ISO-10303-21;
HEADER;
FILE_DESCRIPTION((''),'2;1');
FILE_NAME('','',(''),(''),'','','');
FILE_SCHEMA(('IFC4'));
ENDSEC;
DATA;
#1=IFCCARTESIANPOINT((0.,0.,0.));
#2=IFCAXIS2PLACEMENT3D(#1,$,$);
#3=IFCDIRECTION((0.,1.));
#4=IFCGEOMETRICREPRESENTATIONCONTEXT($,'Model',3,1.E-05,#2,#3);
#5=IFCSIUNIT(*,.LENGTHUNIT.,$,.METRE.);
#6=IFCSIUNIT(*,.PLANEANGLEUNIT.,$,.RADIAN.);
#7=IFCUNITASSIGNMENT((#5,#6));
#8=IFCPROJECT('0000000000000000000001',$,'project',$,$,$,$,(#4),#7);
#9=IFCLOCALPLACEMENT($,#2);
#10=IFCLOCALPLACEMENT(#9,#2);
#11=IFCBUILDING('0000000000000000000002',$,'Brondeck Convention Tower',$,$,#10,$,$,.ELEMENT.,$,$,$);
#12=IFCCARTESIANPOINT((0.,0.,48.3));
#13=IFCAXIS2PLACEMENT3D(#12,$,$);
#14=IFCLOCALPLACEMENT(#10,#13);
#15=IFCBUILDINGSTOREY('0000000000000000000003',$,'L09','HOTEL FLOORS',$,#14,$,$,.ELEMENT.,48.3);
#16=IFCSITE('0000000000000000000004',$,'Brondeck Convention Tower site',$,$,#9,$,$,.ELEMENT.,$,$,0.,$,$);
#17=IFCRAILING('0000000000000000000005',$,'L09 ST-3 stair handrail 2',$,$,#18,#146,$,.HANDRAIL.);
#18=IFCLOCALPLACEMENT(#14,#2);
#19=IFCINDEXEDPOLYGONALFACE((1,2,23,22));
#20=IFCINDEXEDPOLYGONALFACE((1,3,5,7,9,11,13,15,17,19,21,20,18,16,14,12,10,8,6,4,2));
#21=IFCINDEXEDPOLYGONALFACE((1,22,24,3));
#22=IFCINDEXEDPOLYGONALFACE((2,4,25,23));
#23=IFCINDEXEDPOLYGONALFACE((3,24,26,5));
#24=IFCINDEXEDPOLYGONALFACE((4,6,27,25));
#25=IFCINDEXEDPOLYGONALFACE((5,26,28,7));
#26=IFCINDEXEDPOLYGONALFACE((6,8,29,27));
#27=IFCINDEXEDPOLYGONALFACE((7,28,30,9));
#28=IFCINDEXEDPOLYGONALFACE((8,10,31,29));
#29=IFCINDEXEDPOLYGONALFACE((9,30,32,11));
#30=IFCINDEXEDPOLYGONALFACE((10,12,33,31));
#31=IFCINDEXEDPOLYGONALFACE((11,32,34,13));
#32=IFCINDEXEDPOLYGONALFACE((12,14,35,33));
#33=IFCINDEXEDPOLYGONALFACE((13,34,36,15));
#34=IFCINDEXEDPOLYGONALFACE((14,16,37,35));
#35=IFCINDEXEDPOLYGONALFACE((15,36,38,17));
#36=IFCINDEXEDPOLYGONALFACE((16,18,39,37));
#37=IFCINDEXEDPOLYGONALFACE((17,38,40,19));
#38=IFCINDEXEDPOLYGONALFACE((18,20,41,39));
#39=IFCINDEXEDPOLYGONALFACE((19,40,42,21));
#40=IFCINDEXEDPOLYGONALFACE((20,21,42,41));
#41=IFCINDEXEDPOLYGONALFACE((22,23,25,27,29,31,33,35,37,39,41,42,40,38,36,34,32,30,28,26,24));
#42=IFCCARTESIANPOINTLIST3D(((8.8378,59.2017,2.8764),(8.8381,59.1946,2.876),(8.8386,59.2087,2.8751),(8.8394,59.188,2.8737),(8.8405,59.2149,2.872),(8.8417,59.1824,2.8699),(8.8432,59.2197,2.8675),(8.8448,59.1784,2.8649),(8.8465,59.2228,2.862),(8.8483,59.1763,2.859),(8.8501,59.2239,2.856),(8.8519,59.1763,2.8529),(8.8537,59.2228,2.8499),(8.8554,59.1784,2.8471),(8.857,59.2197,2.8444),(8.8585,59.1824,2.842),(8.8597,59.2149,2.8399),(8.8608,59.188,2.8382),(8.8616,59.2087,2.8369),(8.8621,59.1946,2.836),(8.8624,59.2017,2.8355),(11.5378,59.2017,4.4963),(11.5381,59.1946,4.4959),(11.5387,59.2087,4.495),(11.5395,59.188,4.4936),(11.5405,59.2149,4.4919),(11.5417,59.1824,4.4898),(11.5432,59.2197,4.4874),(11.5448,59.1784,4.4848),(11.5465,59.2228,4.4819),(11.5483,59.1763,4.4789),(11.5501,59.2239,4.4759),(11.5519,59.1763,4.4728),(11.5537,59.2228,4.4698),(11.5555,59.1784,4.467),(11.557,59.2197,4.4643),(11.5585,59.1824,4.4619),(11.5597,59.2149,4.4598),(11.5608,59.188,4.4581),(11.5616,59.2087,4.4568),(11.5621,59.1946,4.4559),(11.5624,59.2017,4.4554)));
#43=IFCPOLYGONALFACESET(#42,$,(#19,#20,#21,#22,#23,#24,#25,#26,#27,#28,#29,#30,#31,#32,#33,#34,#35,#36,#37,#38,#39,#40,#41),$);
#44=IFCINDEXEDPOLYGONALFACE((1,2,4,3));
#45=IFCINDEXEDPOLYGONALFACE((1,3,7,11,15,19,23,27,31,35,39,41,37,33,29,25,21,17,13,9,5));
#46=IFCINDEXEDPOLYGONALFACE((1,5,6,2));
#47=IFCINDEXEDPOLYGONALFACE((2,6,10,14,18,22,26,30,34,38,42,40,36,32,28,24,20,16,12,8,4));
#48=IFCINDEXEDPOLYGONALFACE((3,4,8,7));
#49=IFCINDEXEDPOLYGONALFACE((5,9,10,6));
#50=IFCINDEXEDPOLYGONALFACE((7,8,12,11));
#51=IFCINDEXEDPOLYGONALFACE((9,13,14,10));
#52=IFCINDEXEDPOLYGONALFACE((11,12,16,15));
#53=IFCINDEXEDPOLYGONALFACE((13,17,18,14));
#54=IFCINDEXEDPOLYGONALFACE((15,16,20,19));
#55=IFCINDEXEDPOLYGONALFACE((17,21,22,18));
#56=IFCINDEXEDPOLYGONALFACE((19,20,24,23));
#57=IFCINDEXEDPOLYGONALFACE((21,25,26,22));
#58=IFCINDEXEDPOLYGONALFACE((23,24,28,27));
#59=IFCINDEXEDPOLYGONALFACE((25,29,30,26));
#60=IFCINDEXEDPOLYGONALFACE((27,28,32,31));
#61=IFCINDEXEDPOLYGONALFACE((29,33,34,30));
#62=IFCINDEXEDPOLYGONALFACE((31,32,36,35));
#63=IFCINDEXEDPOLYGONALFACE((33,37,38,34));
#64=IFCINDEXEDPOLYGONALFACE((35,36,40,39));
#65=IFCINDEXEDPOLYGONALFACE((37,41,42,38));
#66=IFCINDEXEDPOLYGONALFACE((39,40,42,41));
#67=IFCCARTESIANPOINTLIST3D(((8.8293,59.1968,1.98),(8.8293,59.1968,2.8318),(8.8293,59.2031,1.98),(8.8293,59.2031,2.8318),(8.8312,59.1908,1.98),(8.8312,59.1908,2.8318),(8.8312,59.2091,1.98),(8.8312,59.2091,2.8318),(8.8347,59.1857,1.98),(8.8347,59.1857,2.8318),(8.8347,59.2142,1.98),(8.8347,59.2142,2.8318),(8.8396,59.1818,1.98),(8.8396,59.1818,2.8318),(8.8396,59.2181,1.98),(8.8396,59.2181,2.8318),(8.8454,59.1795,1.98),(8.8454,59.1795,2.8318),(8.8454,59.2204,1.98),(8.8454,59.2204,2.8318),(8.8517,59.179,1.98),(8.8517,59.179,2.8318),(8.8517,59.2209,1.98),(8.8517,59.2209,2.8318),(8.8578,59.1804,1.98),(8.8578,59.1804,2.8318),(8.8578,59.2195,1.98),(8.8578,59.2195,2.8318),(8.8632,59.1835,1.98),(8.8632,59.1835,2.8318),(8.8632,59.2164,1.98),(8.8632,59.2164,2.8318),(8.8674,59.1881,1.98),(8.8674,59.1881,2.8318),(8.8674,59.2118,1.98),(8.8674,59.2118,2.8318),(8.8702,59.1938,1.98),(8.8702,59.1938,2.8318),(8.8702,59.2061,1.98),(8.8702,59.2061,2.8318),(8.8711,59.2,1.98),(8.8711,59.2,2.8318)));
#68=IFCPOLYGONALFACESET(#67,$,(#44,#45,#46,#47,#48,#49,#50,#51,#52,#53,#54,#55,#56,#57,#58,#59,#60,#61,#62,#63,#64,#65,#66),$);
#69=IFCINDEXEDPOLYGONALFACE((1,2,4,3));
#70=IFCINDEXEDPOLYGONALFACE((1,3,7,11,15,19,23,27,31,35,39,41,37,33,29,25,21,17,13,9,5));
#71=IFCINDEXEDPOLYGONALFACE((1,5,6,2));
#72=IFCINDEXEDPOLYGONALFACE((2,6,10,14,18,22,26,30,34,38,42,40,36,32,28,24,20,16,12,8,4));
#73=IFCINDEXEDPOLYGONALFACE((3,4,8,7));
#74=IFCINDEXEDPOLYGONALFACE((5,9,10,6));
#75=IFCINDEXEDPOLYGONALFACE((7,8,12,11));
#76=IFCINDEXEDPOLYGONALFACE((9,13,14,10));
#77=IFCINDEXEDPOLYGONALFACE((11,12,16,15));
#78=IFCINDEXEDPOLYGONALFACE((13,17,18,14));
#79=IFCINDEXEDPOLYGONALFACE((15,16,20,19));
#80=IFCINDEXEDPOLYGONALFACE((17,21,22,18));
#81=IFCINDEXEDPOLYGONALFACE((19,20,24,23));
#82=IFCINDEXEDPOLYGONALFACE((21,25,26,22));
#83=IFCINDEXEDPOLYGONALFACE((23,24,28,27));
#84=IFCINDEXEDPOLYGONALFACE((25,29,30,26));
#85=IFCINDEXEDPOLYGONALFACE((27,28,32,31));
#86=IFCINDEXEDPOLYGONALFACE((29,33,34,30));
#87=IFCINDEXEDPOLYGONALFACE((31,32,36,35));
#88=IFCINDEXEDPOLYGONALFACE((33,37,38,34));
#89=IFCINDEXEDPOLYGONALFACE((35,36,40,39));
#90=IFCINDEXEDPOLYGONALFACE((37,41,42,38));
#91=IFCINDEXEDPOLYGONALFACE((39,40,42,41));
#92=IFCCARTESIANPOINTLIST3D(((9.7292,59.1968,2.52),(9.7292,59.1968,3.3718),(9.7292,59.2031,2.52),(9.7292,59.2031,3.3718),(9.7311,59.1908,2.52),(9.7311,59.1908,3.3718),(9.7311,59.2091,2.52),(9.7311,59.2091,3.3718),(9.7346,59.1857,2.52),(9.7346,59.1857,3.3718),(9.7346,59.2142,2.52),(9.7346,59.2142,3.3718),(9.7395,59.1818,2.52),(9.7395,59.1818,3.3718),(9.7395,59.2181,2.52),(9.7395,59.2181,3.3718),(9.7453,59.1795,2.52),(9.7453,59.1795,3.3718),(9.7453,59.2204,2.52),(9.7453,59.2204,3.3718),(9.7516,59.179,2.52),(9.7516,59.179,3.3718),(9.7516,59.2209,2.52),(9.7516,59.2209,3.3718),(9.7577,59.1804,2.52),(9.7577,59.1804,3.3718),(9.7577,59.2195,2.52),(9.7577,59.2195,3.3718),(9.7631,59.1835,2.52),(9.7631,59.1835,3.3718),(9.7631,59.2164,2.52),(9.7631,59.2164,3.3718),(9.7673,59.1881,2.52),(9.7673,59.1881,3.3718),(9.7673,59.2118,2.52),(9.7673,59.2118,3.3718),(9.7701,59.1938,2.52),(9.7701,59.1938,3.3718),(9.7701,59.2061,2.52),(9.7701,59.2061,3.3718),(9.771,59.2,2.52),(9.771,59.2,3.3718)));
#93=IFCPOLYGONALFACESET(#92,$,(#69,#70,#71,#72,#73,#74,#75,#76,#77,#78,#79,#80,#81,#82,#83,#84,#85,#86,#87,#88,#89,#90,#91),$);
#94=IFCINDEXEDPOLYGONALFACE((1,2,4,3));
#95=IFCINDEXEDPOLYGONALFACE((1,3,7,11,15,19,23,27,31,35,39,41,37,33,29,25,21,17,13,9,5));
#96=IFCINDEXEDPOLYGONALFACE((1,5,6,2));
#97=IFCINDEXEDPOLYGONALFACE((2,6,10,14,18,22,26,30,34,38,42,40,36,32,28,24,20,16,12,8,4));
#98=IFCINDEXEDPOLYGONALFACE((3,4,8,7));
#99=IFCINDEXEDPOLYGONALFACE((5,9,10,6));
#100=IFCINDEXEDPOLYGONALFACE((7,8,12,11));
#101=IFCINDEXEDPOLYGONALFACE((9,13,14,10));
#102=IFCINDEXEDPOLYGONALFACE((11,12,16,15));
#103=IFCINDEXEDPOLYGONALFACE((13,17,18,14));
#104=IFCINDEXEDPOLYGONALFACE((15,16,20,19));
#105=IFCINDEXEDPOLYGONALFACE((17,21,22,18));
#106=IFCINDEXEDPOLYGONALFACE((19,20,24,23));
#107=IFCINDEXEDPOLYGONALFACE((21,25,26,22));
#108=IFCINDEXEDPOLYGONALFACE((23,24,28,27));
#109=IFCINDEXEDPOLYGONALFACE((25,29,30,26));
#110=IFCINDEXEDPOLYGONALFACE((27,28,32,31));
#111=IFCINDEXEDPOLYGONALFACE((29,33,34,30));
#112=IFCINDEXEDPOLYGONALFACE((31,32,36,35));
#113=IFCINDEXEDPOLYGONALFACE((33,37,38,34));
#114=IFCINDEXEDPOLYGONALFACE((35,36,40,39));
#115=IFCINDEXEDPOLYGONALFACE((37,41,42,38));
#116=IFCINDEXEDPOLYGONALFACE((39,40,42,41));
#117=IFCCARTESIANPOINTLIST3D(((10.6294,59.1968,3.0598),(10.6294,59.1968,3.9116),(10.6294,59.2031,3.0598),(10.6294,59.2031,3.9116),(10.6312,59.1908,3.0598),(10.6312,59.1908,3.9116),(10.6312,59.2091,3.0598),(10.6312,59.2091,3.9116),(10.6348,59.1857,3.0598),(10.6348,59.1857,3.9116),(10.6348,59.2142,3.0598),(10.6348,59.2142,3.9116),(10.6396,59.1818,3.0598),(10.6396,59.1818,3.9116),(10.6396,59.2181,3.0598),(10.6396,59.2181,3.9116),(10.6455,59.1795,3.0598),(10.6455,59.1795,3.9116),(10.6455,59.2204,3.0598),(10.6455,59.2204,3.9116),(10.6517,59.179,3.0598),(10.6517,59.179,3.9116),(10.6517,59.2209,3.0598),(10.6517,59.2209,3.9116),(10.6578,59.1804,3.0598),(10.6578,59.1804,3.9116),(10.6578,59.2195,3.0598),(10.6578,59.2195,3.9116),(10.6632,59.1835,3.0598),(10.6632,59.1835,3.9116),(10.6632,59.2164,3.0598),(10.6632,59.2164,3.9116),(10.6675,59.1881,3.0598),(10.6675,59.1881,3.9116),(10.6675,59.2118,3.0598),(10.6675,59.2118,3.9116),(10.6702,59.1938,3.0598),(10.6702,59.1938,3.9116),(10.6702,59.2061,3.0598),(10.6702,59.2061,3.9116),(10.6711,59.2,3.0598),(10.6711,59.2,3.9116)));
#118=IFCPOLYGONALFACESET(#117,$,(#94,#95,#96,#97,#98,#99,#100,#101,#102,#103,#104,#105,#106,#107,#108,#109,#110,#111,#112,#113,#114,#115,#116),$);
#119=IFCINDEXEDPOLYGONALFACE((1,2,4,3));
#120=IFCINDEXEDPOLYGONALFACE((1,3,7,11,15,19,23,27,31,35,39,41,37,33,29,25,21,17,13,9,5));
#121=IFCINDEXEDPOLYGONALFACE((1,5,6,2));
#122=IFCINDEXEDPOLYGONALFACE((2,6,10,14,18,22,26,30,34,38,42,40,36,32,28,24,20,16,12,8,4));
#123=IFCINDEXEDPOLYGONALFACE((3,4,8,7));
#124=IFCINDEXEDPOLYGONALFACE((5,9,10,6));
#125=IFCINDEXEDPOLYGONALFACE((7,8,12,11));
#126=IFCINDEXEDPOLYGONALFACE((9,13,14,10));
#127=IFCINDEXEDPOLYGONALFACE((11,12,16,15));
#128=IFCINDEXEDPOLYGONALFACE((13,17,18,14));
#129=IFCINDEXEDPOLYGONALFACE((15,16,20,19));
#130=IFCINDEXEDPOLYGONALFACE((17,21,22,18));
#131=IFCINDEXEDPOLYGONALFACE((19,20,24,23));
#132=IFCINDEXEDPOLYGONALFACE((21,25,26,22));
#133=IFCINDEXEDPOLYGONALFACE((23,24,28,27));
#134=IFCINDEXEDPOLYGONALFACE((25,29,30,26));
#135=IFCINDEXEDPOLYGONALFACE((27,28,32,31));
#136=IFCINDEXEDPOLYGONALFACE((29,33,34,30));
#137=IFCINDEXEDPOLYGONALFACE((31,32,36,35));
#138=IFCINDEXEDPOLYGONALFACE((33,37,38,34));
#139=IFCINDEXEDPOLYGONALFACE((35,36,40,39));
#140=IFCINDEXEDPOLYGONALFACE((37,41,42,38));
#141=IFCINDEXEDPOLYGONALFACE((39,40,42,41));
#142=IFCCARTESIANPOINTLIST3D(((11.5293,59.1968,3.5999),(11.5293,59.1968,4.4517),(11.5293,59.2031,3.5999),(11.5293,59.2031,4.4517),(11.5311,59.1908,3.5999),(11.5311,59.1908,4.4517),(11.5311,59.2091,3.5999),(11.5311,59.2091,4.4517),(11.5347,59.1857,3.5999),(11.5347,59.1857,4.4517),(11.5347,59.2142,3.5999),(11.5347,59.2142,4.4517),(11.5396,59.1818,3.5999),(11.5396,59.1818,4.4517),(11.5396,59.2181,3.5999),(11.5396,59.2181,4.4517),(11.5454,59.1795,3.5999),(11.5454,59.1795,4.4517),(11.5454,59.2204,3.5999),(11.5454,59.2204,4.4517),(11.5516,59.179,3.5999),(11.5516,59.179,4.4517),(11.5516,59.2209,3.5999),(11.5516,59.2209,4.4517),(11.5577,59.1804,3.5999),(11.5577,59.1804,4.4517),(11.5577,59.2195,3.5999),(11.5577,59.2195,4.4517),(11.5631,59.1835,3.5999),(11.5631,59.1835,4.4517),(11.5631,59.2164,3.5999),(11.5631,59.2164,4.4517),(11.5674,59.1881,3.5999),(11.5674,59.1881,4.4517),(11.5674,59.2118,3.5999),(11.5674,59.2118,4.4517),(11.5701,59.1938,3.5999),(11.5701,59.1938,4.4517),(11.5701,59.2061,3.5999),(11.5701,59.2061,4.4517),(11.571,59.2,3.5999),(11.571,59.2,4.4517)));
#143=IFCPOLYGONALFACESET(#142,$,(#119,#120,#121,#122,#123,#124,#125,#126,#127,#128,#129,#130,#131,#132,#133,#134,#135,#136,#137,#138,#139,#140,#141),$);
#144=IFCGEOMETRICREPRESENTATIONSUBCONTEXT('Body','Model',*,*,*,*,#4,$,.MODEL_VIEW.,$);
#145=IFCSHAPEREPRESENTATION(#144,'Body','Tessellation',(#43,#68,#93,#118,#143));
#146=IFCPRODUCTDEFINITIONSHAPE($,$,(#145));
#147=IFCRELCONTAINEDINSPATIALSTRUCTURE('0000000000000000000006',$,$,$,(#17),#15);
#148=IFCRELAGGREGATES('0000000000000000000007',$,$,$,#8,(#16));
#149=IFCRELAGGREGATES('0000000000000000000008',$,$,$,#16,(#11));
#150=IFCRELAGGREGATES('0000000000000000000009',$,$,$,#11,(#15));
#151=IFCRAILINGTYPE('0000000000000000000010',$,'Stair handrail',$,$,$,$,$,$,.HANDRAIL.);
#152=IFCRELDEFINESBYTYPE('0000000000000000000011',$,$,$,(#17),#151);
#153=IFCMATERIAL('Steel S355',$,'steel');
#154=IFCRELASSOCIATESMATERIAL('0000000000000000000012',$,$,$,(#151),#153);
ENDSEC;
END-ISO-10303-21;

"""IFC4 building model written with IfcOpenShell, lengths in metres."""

from ifc_helpers import new_model, si_unit, direction, frame, origin, origin_2d, place, context, subcontext, project, spatial, circle, extrude, material, type_object, element, save


model = new_model("IFC4")

# Units and contexts
model_context = context("Model", 3, precision=1e-05, world=origin(), true_north=direction((0.0, 1.0)))
body_context = subcontext(model_context, "Body", "Model", "MODEL_VIEW")
ifc_project = project(units=[si_unit("LENGTHUNIT", "METRE"), si_unit("PLANEANGLEUNIT", "RADIAN")], contexts=[model_context])

# Site, building, storey
site_placement = place(None, origin())
site = spatial("IfcSite", under=ifc_project, at=site_placement, Name="Brondeck Convention Tower site", CompositionType="ELEMENT", RefElevation=0.0)
building_placement = place(site_placement, origin())
building = spatial("IfcBuilding", under=site, at=building_placement, Name="Brondeck Convention Tower", CompositionType="ELEMENT")
storey_placement = place(building_placement, frame((0.0, 0.0, 48.3)))
storey = spatial("IfcBuildingStorey", under=building, at=storey_placement, Name="L09", Description="HOTEL FLOORS", CompositionType="ELEMENT", Elevation=48.3)

# Railing
ifc_material_1 = material(Name="Steel S355", Category="steel")
railing_type = type_object("IfcRailingType", Name="Stair handrail", PredefinedType="HANDRAIL", material=ifc_material_1)
railing_placement = place(storey_placement, frame((8.8501, 59.2, 1.98)))
element("IfcRailing", 1, at=railing_placement, inside=storey, type_object=railing_type, Name="L09 ST-3 stair handrail 2", PredefinedType="HANDRAIL", context=body_context, shape_type="SweptSolid", body=[
    extrude(circle(Radius=0.0239, at=origin_2d()), frame((0.0, 0.0, 0.876), z_axis=(0.857507, 0.0, 0.514473), x_axis=(0.0, 1.0, 0.0)), (0.0, 0.0, 1.0), 3.1487),
    extrude(circle(Radius=0.021, at=origin_2d()), origin(), (0.0, 0.0, 1.0), 0.8518),
    extrude(circle(Radius=0.021, at=origin_2d()), frame((0.8999, 0.0, 0.54)), (0.0, 0.0, 1.0), 0.8518),
    extrude(circle(Radius=0.021, at=origin_2d()), frame((1.8, 0.0, 1.0798)), (0.0, 0.0, 1.0), 0.8518),
    extrude(circle(Radius=0.021, at=origin_2d()), frame((2.7, 0.0, 1.6199)), (0.0, 0.0, 1.0), 0.8518),
])

save(model, "model.ifc")
